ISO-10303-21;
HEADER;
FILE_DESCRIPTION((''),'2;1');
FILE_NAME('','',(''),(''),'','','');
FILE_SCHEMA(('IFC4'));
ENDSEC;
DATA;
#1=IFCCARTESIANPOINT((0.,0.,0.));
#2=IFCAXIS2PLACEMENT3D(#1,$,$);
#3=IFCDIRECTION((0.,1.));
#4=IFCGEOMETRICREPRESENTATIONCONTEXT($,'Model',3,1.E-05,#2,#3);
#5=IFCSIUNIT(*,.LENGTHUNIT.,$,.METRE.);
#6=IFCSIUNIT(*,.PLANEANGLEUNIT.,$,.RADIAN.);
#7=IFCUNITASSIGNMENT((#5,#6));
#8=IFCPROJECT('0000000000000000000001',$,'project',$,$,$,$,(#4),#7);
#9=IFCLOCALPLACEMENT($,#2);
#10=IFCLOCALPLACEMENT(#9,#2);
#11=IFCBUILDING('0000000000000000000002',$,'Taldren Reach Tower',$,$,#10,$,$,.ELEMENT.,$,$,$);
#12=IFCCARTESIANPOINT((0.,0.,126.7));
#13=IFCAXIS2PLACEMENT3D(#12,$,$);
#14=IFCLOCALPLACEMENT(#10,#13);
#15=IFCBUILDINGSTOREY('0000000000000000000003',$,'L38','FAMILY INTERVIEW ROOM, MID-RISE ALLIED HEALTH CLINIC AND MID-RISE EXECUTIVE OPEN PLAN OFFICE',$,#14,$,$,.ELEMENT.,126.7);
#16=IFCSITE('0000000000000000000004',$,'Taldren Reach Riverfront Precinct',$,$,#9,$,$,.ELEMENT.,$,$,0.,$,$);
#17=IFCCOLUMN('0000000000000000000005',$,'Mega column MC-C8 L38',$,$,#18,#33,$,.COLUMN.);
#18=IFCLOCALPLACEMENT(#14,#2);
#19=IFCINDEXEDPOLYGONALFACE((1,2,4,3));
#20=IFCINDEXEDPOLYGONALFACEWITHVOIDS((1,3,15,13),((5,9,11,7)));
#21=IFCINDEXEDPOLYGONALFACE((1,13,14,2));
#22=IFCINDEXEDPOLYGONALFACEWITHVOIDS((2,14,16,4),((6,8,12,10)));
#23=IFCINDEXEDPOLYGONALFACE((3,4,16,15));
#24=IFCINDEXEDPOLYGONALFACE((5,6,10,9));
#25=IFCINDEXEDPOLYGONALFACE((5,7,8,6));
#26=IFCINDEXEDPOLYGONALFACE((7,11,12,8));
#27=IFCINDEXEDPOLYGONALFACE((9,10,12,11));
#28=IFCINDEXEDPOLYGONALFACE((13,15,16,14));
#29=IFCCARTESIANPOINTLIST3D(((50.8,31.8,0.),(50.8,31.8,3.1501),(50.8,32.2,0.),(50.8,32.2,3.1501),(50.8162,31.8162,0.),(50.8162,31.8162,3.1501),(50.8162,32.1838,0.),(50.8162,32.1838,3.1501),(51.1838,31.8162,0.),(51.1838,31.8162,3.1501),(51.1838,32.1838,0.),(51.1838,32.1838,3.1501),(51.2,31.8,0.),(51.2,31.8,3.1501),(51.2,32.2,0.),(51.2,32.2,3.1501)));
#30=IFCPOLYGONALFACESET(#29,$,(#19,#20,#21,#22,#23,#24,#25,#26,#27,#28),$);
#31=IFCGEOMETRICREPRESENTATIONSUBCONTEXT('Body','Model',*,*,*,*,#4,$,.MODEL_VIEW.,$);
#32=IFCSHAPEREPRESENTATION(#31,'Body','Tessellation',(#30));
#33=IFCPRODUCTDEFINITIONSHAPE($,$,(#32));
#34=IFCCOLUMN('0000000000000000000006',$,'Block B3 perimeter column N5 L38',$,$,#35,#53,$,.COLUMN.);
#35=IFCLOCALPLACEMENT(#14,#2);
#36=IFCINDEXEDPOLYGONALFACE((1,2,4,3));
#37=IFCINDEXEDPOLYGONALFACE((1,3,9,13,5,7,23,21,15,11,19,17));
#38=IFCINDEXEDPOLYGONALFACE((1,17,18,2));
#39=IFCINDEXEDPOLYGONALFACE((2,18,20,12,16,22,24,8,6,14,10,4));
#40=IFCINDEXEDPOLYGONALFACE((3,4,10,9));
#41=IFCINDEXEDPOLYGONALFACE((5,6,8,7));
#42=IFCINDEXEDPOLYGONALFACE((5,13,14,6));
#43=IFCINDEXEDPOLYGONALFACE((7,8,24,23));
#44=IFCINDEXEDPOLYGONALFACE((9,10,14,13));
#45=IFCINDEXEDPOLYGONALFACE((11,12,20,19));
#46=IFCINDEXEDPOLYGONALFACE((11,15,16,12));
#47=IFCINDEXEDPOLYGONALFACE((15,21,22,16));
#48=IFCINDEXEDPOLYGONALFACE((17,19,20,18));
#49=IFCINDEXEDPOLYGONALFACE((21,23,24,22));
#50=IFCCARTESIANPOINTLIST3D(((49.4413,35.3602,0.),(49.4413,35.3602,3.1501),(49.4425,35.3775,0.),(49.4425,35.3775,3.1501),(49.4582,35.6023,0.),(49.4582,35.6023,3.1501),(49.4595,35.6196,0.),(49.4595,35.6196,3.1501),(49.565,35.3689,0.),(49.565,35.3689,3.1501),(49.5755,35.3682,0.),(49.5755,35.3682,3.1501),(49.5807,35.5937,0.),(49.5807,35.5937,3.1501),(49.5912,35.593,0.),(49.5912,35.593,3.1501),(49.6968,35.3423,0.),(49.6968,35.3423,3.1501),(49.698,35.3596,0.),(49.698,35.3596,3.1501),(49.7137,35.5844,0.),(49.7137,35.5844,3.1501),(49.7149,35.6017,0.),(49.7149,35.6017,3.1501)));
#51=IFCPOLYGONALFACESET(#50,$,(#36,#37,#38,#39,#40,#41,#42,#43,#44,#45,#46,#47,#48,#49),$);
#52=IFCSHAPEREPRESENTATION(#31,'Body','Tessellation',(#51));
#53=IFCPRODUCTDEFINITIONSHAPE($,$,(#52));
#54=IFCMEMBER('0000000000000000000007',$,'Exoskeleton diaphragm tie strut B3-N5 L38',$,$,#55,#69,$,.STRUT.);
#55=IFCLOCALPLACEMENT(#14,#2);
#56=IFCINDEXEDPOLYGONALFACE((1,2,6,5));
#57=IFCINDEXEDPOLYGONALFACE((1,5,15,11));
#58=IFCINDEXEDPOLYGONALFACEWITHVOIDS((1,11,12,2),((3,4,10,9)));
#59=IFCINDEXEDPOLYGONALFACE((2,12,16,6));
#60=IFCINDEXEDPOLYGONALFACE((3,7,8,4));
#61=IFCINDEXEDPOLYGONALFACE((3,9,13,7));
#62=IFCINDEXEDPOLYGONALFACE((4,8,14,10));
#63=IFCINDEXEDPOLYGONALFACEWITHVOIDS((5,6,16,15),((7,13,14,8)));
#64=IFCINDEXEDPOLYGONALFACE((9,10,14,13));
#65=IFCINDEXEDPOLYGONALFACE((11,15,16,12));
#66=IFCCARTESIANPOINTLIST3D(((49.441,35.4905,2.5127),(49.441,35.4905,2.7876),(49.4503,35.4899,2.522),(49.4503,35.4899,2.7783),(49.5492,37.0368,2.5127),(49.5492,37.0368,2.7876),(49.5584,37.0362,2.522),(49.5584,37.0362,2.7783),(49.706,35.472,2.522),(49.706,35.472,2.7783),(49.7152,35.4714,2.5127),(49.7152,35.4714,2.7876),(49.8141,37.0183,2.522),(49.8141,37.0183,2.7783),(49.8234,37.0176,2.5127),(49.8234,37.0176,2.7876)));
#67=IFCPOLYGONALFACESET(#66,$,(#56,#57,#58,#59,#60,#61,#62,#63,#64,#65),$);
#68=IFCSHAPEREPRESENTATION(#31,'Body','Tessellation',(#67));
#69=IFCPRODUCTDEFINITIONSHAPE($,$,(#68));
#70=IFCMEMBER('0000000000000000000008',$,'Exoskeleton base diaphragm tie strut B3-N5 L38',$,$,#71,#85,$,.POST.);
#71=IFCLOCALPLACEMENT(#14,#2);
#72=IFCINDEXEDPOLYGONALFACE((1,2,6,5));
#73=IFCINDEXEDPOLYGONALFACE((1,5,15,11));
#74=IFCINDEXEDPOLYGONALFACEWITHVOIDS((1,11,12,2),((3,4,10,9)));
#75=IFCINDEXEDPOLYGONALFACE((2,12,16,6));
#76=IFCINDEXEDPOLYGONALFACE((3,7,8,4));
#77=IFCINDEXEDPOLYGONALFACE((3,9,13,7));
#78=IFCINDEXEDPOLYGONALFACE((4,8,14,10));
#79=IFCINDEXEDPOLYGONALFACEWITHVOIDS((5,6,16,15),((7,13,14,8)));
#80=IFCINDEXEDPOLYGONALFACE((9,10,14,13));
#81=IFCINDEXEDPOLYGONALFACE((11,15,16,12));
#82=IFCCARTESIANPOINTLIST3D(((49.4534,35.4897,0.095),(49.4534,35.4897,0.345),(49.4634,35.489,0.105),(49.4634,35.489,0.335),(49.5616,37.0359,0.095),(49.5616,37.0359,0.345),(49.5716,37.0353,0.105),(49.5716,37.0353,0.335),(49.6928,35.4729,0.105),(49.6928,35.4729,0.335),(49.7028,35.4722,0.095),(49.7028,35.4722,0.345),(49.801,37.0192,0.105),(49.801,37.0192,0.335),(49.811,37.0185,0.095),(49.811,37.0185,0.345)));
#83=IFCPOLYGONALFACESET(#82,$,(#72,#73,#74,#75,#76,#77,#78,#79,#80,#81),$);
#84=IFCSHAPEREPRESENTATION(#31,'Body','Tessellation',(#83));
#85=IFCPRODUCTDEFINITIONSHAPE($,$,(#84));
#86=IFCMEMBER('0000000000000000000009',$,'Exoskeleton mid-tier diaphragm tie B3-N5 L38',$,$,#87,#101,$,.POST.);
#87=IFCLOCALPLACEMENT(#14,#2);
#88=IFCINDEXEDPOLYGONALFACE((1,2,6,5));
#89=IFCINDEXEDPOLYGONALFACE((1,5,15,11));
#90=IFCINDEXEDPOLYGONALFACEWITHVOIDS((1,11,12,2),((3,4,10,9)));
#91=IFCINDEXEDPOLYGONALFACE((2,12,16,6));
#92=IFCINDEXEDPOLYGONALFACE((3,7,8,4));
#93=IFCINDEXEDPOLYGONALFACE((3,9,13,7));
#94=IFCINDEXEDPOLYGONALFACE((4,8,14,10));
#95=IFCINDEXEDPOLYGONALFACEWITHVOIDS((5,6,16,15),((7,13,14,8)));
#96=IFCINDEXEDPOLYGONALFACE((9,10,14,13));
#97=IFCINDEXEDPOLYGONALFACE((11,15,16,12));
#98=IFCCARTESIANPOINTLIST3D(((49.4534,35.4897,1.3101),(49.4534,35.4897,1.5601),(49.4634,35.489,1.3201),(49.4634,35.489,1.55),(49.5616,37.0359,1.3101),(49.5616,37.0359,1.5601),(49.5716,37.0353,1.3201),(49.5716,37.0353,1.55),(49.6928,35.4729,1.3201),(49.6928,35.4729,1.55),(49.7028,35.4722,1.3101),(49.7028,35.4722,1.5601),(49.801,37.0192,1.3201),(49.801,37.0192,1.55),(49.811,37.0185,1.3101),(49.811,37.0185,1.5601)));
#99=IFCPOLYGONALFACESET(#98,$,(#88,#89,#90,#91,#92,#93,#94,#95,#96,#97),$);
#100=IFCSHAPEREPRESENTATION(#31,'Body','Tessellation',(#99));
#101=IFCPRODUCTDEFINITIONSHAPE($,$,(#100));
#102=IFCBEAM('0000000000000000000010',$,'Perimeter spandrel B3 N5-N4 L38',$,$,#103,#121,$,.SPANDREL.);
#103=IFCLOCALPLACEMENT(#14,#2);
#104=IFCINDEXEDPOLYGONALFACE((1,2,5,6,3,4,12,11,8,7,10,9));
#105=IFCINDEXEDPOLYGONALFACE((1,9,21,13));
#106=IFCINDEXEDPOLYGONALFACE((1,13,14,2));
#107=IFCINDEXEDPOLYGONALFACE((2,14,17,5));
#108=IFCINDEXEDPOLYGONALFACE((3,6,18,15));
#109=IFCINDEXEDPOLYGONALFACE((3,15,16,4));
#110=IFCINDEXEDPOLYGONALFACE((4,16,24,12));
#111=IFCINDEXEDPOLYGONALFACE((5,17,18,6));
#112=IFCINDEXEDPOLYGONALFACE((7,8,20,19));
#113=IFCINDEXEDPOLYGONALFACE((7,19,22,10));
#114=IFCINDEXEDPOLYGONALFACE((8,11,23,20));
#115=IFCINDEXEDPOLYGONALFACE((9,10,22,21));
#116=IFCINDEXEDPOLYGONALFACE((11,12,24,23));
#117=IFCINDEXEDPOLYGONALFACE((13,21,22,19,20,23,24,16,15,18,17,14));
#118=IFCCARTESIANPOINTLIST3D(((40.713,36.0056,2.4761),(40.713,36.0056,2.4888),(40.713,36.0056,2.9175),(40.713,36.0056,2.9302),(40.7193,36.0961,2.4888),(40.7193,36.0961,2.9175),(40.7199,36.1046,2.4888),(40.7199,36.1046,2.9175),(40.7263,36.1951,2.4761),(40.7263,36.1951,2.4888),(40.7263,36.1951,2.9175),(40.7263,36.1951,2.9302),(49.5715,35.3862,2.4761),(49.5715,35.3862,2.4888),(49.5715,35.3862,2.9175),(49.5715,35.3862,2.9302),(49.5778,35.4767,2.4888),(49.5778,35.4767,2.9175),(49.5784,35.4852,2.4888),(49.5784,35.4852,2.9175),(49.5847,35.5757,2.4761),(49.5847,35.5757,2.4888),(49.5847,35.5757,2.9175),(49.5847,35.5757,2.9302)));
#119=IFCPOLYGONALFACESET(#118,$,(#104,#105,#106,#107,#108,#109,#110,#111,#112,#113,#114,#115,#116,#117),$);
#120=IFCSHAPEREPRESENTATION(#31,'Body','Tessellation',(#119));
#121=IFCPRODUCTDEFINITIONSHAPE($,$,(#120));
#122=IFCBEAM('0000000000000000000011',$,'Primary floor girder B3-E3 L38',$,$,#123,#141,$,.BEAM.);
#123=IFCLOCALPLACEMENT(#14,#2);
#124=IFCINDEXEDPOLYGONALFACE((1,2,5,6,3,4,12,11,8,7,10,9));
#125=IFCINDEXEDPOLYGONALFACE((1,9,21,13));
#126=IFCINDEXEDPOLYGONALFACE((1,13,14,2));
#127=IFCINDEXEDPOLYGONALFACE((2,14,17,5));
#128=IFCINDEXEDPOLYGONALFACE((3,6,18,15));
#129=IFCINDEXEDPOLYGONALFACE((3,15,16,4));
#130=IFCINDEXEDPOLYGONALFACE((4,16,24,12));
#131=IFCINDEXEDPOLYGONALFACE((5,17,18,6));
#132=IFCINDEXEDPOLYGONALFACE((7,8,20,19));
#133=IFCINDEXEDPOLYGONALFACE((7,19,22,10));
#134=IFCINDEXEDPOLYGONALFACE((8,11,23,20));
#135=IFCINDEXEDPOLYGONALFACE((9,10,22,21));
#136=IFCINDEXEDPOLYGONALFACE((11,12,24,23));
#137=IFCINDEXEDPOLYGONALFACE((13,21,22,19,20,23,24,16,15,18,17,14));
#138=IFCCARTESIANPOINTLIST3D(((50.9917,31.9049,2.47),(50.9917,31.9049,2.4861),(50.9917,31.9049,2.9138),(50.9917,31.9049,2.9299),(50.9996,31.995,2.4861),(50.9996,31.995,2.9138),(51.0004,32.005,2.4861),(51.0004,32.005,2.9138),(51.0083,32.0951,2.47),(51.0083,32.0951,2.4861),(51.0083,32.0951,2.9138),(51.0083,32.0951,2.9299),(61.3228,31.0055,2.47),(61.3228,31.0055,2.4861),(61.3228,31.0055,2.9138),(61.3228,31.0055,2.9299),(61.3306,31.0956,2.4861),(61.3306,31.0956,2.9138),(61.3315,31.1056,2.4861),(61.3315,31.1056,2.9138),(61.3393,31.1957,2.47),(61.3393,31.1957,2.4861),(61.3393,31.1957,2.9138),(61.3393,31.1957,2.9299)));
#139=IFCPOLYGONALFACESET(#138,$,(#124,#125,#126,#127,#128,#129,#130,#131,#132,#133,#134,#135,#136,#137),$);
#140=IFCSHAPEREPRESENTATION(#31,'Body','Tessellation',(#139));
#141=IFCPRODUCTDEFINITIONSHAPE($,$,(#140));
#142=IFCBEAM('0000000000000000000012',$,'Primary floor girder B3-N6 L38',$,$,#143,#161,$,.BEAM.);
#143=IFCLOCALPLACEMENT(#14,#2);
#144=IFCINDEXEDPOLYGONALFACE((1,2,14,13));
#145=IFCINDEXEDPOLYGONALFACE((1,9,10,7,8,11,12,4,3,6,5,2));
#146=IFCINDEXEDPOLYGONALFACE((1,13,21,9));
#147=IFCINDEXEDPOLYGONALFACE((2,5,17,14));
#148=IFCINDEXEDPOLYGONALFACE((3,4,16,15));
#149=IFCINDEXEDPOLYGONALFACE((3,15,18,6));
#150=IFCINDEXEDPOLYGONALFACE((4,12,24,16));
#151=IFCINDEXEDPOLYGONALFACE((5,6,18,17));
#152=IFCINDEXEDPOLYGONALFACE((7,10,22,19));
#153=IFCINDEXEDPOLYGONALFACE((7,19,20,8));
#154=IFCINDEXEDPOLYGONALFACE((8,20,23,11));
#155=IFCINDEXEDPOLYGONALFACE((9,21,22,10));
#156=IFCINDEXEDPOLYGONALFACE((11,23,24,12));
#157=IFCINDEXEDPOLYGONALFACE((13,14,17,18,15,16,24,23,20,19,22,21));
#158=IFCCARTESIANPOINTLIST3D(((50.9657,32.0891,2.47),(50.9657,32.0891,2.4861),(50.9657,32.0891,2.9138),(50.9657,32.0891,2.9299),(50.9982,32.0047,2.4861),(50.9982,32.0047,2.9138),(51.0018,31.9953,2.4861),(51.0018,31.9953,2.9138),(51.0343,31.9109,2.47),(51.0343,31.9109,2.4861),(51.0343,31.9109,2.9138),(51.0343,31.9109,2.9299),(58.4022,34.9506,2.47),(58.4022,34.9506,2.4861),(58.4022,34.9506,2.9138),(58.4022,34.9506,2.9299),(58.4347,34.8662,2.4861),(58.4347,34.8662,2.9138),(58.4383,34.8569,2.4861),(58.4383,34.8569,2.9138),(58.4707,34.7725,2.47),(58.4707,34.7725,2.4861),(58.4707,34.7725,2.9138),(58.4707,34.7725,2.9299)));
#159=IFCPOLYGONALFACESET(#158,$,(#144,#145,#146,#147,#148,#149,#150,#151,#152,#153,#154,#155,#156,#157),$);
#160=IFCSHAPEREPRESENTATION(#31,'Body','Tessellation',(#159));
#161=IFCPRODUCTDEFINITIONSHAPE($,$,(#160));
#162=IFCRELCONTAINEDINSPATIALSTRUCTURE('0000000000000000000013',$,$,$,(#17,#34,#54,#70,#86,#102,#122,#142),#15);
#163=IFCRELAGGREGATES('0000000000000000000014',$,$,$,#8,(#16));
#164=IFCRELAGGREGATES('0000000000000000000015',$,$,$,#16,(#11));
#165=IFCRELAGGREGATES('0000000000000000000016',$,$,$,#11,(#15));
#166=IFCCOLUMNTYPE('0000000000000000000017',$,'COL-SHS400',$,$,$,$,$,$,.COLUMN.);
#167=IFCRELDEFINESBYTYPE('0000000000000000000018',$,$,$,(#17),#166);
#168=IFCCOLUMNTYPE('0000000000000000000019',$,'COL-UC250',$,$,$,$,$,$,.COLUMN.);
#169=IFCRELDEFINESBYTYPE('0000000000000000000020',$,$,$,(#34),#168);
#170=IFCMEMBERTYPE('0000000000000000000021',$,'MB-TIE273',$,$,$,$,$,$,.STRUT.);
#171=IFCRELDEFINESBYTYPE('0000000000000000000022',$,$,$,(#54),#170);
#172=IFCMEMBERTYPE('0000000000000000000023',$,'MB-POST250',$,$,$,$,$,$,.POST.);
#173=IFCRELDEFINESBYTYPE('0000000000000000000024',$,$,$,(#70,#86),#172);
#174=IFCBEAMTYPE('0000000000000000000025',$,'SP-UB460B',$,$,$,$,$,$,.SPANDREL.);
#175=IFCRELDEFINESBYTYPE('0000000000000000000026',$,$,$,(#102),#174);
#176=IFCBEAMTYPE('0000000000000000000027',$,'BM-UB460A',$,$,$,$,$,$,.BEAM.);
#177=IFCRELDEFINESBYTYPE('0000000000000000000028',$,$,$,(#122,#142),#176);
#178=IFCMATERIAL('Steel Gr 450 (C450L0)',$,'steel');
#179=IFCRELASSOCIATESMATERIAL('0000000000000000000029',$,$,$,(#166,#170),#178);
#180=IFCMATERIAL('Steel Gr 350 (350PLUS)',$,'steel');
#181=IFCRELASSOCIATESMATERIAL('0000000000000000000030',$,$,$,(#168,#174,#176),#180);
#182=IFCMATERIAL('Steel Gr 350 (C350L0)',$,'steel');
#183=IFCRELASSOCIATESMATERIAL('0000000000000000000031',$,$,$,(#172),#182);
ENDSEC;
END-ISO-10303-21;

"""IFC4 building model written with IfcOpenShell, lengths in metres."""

from ifc_helpers import new_model, si_unit, direction, frame, origin, origin_2d, place, context, subcontext, project, spatial, hollow_rectangle, i_section, extrude, source, transform, mapped, material, material_profile, profile_set, type_object, element, save


model = new_model("IFC4")

# Units and contexts
model_context = context("Model", 3, precision=1e-05, world=origin(), true_north=direction((0.0, 1.0)))
body_context = subcontext(model_context, "Body", "Model", "MODEL_VIEW")
ifc_project = project(units=[si_unit("LENGTHUNIT", "METRE"), si_unit("PLANEANGLEUNIT", "RADIAN")], contexts=[model_context])

# Site, building, storey
site_placement = place(None, origin())
site = spatial("IfcSite", under=ifc_project, at=site_placement, Name="Taldren Reach Riverfront Precinct", CompositionType="ELEMENT", RefElevation=0.0)
building_placement = place(site_placement, origin())
building = spatial("IfcBuilding", under=site, at=building_placement, Name="Taldren Reach Tower", CompositionType="ELEMENT")
storey_placement = place(building_placement, frame((0.0, 0.0, 126.7)))
storey = spatial("IfcBuildingStorey", under=building, at=storey_placement, Name="L38", Description="FAMILY INTERVIEW ROOM, MID-RISE ALLIED HEALTH CLINIC AND MID-RISE EXECUTIVE OPEN PLAN OFFICE", CompositionType="ELEMENT", Elevation=126.7)

# Columns
ifc_material_1 = material(Name="Steel Gr 450 (C450L0)", Category="steel")
ifc_material_profile_1 = material_profile(ifc_material_1, hollow_rectangle(XDim=0.3999, YDim=0.3999, WallThickness=0.0161, at=origin_2d()), Name="400x400x16.0SHS")
ifc_profile_set_1 = profile_set([ifc_material_profile_1], Name="Steel Gr 450 (C450L0)")
column_type_1 = type_object("IfcColumnType", Name="COL-SHS400", PredefinedType="COLUMN", material=ifc_profile_set_1)
shared_shape_1 = source(origin(), body_context, "Body", "SweptSolid", [
    extrude(hollow_rectangle(XDim=0.3999, YDim=0.3999, WallThickness=0.0161, at=origin_2d()), origin(), (0.0, 0.0, 1.0), 3.1501),
])
column_1_placement = place(storey_placement, frame((51.0, 32.0, 0.0), z_axis=(0.0, 0.0, 1.0), x_axis=(1.0, 0.0, 0.0)))
element("IfcColumn", 1, at=column_1_placement, inside=storey, type_object=column_type_1, Name="Mega column MC-C8 L38", PredefinedType="COLUMN", context=body_context, shape_type="MappedRepresentation", body=[
    mapped(shared_shape_1, transform((0.0, 0.0, 0.0), scale=1.0)),
])
ifc_material_2 = material(Name="Steel Gr 350 (350PLUS)", Category="steel")
ifc_material_profile_2 = material_profile(ifc_material_2, i_section(OverallWidth=0.2561, OverallDepth=0.26, WebThickness=0.0105, FlangeThickness=0.0173, at=origin_2d()), Name="250UC89.5")
ifc_profile_set_2 = profile_set([ifc_material_profile_2], Name="Steel Gr 350 (350PLUS)")
column_type_2 = type_object("IfcColumnType", Name="COL-UC250", PredefinedType="COLUMN", material=ifc_profile_set_2)
shared_shape_2 = source(origin(), body_context, "Body", "SweptSolid", [
    extrude(i_section(OverallWidth=0.2561, OverallDepth=0.26, WebThickness=0.0105, FlangeThickness=0.0173, at=origin_2d()), origin(), (0.0, 0.0, 1.0), 3.1501),
])
column_2_placement = place(storey_placement, frame((49.5781, 35.481, 0.0), z_axis=(0.0, 0.0, 1.0), x_axis=(0.997564, -0.069756, 0.0)))
element("IfcColumn", 2, at=column_2_placement, inside=storey, type_object=column_type_2, Name="Block B3 perimeter column N5 L38", PredefinedType="COLUMN", context=body_context, shape_type="MappedRepresentation", body=[
    mapped(shared_shape_2, transform((0.0, 0.0, 0.0), scale=1.0)),
])

# Members
ifc_material_profile_3 = material_profile(ifc_material_1, hollow_rectangle(XDim=0.2749, YDim=0.2749, WallThickness=0.0093, at=origin_2d()), Name="275x275x9.3SHS")
ifc_profile_set_3 = profile_set([ifc_material_profile_3], Name="Steel Gr 450 (C450L0)")
member_type_1 = type_object("IfcMemberType", Name="MB-TIE273", PredefinedType="STRUT", material=ifc_profile_set_3)
shared_shape_3 = source(origin(), body_context, "Body", "SweptSolid", [
    extrude(hollow_rectangle(XDim=0.2749, YDim=0.2749, WallThickness=0.0093, at=origin_2d()), origin(), (0.0, 0.0, 1.0), 1.55),
])
member_1_placement = place(storey_placement, frame((49.5781, 35.481, 2.6501), z_axis=(0.06977, 0.997563, 0.0), x_axis=(-0.997563, 0.06977, 0.0)))
element("IfcMember", 3, at=member_1_placement, inside=storey, type_object=member_type_1, Name="Exoskeleton diaphragm tie strut B3-N5 L38", PredefinedType="STRUT", context=body_context, shape_type="MappedRepresentation", body=[
    mapped(shared_shape_3, transform((0.0, 0.0, 0.0), scale=1.0)),
])
ifc_material_3 = material(Name="Steel Gr 350 (C350L0)", Category="steel")
ifc_material_profile_4 = material_profile(ifc_material_3, hollow_rectangle(XDim=0.25, YDim=0.25, WallThickness=0.01, at=origin_2d()), Name="250x250x10.0SHS")
ifc_profile_set_4 = profile_set([ifc_material_profile_4], Name="Steel Gr 350 (C350L0)")
member_type_2 = type_object("IfcMemberType", Name="MB-POST250", PredefinedType="POST", material=ifc_profile_set_4)
shared_shape_4 = source(origin(), body_context, "Body", "SweptSolid", [
    extrude(hollow_rectangle(XDim=0.25, YDim=0.25, WallThickness=0.01, at=origin_2d()), origin(), (0.0, 0.0, 1.0), 1.55),
])
for number, where, z_axis, x_axis, name in (
    (4, (49.5781, 35.481, 0.22), (0.06977, 0.997563, 0.0), (-0.997563, 0.06977, 0.0), "Exoskeleton base diaphragm tie strut B3-N5 L38"),
    (5, (49.5781, 35.481, 1.4351), (0.06977, 0.997563, 0.0), (-0.997563, 0.06977, 0.0), "Exoskeleton mid-tier diaphragm tie B3-N5 L38"),
):
    element("IfcMember", number, at=place(storey_placement, frame(where, z_axis=z_axis, x_axis=x_axis)), inside=storey, type_object=member_type_2, Name=name, PredefinedType="POST", context=body_context, shape_type="MappedRepresentation", body=[
        mapped(shared_shape_4, transform((0.0, 0.0, 0.0), scale=1.0)),
    ])

# Beams
ifc_material_profile_5 = material_profile(ifc_material_2, i_section(OverallWidth=0.1899, OverallDepth=0.4541, WebThickness=0.0085, FlangeThickness=0.0127, at=origin_2d()), Name="460UB67.1")
ifc_profile_set_5 = profile_set([ifc_material_profile_5], Name="Steel Gr 350 (350PLUS)")
beam_type_1 = type_object("IfcBeamType", Name="SP-UB460B", PredefinedType="SPANDREL", material=ifc_profile_set_5)
shared_shape_5 = source(origin(), body_context, "Body", "SweptSolid", [
    extrude(i_section(OverallWidth=0.1899, OverallDepth=0.4541, WebThickness=0.0085, FlangeThickness=0.0127, at=origin_2d()), origin(), (0.0, 0.0, 1.0), 8.8801),
])
beam_1_placement = place(storey_placement, frame((49.5781, 35.481, 2.7031), z_axis=(-0.997564, 0.06975, 0.0), x_axis=(-0.06975, -0.997564, 0.0)))
element("IfcBeam", 6, at=beam_1_placement, inside=storey, type_object=beam_type_1, Name="Perimeter spandrel B3 N5-N4 L38", PredefinedType="SPANDREL", context=body_context, shape_type="MappedRepresentation", body=[
    mapped(shared_shape_5, transform((0.0, 0.0, 0.0), scale=1.0)),
])
ifc_material_profile_6 = material_profile(ifc_material_2, i_section(OverallWidth=0.1909, OverallDepth=0.46, WebThickness=0.01, FlangeThickness=0.0161, at=origin_2d()), Name="460UB82.1")
ifc_profile_set_6 = profile_set([ifc_material_profile_6], Name="Steel Gr 350 (350PLUS)")
beam_type_2 = type_object("IfcBeamType", Name="BM-UB460A", PredefinedType="BEAM", material=ifc_profile_set_6)
shared_shape_6 = source(origin(), body_context, "Body", "SweptSolid", [
    extrude(i_section(OverallWidth=0.1909, OverallDepth=0.46, WebThickness=0.01, FlangeThickness=0.0161, at=origin_2d()), origin(), (0.0, 0.0, 1.0), 10.3701),
])
beam_2_placement = place(storey_placement, frame((51.0, 32.0, 2.7), z_axis=(0.996232, -0.086731, 0.0), x_axis=(0.086731, 0.996232, 0.0)))
element("IfcBeam", 7, at=beam_2_placement, inside=storey, type_object=beam_type_2, Name="Primary floor girder B3-E3 L38", PredefinedType="BEAM", context=body_context, shape_type="MappedRepresentation", body=[
    mapped(shared_shape_6, transform((0.0, 0.0, 0.0), scale=1.0)),
])
shared_shape_7 = source(origin(), body_context, "Body", "SweptSolid", [
    extrude(i_section(OverallWidth=0.1909, OverallDepth=0.46, WebThickness=0.01, FlangeThickness=0.0161, at=origin_2d()), origin(), (0.0, 0.0, 1.0), 7.968),
])
beam_3_placement = place(storey_placement, frame((51.0, 32.0, 2.7), z_axis=(0.933288, 0.359129, 0.0), x_axis=(-0.359129, 0.933288, 0.0)))
element("IfcBeam", 8, at=beam_3_placement, inside=storey, type_object=beam_type_2, Name="Primary floor girder B3-N6 L38", PredefinedType="BEAM", context=body_context, shape_type="MappedRepresentation", body=[
    mapped(shared_shape_7, transform((0.0, 0.0, 0.0), scale=1.0)),
])

save(model, "model.ifc")
